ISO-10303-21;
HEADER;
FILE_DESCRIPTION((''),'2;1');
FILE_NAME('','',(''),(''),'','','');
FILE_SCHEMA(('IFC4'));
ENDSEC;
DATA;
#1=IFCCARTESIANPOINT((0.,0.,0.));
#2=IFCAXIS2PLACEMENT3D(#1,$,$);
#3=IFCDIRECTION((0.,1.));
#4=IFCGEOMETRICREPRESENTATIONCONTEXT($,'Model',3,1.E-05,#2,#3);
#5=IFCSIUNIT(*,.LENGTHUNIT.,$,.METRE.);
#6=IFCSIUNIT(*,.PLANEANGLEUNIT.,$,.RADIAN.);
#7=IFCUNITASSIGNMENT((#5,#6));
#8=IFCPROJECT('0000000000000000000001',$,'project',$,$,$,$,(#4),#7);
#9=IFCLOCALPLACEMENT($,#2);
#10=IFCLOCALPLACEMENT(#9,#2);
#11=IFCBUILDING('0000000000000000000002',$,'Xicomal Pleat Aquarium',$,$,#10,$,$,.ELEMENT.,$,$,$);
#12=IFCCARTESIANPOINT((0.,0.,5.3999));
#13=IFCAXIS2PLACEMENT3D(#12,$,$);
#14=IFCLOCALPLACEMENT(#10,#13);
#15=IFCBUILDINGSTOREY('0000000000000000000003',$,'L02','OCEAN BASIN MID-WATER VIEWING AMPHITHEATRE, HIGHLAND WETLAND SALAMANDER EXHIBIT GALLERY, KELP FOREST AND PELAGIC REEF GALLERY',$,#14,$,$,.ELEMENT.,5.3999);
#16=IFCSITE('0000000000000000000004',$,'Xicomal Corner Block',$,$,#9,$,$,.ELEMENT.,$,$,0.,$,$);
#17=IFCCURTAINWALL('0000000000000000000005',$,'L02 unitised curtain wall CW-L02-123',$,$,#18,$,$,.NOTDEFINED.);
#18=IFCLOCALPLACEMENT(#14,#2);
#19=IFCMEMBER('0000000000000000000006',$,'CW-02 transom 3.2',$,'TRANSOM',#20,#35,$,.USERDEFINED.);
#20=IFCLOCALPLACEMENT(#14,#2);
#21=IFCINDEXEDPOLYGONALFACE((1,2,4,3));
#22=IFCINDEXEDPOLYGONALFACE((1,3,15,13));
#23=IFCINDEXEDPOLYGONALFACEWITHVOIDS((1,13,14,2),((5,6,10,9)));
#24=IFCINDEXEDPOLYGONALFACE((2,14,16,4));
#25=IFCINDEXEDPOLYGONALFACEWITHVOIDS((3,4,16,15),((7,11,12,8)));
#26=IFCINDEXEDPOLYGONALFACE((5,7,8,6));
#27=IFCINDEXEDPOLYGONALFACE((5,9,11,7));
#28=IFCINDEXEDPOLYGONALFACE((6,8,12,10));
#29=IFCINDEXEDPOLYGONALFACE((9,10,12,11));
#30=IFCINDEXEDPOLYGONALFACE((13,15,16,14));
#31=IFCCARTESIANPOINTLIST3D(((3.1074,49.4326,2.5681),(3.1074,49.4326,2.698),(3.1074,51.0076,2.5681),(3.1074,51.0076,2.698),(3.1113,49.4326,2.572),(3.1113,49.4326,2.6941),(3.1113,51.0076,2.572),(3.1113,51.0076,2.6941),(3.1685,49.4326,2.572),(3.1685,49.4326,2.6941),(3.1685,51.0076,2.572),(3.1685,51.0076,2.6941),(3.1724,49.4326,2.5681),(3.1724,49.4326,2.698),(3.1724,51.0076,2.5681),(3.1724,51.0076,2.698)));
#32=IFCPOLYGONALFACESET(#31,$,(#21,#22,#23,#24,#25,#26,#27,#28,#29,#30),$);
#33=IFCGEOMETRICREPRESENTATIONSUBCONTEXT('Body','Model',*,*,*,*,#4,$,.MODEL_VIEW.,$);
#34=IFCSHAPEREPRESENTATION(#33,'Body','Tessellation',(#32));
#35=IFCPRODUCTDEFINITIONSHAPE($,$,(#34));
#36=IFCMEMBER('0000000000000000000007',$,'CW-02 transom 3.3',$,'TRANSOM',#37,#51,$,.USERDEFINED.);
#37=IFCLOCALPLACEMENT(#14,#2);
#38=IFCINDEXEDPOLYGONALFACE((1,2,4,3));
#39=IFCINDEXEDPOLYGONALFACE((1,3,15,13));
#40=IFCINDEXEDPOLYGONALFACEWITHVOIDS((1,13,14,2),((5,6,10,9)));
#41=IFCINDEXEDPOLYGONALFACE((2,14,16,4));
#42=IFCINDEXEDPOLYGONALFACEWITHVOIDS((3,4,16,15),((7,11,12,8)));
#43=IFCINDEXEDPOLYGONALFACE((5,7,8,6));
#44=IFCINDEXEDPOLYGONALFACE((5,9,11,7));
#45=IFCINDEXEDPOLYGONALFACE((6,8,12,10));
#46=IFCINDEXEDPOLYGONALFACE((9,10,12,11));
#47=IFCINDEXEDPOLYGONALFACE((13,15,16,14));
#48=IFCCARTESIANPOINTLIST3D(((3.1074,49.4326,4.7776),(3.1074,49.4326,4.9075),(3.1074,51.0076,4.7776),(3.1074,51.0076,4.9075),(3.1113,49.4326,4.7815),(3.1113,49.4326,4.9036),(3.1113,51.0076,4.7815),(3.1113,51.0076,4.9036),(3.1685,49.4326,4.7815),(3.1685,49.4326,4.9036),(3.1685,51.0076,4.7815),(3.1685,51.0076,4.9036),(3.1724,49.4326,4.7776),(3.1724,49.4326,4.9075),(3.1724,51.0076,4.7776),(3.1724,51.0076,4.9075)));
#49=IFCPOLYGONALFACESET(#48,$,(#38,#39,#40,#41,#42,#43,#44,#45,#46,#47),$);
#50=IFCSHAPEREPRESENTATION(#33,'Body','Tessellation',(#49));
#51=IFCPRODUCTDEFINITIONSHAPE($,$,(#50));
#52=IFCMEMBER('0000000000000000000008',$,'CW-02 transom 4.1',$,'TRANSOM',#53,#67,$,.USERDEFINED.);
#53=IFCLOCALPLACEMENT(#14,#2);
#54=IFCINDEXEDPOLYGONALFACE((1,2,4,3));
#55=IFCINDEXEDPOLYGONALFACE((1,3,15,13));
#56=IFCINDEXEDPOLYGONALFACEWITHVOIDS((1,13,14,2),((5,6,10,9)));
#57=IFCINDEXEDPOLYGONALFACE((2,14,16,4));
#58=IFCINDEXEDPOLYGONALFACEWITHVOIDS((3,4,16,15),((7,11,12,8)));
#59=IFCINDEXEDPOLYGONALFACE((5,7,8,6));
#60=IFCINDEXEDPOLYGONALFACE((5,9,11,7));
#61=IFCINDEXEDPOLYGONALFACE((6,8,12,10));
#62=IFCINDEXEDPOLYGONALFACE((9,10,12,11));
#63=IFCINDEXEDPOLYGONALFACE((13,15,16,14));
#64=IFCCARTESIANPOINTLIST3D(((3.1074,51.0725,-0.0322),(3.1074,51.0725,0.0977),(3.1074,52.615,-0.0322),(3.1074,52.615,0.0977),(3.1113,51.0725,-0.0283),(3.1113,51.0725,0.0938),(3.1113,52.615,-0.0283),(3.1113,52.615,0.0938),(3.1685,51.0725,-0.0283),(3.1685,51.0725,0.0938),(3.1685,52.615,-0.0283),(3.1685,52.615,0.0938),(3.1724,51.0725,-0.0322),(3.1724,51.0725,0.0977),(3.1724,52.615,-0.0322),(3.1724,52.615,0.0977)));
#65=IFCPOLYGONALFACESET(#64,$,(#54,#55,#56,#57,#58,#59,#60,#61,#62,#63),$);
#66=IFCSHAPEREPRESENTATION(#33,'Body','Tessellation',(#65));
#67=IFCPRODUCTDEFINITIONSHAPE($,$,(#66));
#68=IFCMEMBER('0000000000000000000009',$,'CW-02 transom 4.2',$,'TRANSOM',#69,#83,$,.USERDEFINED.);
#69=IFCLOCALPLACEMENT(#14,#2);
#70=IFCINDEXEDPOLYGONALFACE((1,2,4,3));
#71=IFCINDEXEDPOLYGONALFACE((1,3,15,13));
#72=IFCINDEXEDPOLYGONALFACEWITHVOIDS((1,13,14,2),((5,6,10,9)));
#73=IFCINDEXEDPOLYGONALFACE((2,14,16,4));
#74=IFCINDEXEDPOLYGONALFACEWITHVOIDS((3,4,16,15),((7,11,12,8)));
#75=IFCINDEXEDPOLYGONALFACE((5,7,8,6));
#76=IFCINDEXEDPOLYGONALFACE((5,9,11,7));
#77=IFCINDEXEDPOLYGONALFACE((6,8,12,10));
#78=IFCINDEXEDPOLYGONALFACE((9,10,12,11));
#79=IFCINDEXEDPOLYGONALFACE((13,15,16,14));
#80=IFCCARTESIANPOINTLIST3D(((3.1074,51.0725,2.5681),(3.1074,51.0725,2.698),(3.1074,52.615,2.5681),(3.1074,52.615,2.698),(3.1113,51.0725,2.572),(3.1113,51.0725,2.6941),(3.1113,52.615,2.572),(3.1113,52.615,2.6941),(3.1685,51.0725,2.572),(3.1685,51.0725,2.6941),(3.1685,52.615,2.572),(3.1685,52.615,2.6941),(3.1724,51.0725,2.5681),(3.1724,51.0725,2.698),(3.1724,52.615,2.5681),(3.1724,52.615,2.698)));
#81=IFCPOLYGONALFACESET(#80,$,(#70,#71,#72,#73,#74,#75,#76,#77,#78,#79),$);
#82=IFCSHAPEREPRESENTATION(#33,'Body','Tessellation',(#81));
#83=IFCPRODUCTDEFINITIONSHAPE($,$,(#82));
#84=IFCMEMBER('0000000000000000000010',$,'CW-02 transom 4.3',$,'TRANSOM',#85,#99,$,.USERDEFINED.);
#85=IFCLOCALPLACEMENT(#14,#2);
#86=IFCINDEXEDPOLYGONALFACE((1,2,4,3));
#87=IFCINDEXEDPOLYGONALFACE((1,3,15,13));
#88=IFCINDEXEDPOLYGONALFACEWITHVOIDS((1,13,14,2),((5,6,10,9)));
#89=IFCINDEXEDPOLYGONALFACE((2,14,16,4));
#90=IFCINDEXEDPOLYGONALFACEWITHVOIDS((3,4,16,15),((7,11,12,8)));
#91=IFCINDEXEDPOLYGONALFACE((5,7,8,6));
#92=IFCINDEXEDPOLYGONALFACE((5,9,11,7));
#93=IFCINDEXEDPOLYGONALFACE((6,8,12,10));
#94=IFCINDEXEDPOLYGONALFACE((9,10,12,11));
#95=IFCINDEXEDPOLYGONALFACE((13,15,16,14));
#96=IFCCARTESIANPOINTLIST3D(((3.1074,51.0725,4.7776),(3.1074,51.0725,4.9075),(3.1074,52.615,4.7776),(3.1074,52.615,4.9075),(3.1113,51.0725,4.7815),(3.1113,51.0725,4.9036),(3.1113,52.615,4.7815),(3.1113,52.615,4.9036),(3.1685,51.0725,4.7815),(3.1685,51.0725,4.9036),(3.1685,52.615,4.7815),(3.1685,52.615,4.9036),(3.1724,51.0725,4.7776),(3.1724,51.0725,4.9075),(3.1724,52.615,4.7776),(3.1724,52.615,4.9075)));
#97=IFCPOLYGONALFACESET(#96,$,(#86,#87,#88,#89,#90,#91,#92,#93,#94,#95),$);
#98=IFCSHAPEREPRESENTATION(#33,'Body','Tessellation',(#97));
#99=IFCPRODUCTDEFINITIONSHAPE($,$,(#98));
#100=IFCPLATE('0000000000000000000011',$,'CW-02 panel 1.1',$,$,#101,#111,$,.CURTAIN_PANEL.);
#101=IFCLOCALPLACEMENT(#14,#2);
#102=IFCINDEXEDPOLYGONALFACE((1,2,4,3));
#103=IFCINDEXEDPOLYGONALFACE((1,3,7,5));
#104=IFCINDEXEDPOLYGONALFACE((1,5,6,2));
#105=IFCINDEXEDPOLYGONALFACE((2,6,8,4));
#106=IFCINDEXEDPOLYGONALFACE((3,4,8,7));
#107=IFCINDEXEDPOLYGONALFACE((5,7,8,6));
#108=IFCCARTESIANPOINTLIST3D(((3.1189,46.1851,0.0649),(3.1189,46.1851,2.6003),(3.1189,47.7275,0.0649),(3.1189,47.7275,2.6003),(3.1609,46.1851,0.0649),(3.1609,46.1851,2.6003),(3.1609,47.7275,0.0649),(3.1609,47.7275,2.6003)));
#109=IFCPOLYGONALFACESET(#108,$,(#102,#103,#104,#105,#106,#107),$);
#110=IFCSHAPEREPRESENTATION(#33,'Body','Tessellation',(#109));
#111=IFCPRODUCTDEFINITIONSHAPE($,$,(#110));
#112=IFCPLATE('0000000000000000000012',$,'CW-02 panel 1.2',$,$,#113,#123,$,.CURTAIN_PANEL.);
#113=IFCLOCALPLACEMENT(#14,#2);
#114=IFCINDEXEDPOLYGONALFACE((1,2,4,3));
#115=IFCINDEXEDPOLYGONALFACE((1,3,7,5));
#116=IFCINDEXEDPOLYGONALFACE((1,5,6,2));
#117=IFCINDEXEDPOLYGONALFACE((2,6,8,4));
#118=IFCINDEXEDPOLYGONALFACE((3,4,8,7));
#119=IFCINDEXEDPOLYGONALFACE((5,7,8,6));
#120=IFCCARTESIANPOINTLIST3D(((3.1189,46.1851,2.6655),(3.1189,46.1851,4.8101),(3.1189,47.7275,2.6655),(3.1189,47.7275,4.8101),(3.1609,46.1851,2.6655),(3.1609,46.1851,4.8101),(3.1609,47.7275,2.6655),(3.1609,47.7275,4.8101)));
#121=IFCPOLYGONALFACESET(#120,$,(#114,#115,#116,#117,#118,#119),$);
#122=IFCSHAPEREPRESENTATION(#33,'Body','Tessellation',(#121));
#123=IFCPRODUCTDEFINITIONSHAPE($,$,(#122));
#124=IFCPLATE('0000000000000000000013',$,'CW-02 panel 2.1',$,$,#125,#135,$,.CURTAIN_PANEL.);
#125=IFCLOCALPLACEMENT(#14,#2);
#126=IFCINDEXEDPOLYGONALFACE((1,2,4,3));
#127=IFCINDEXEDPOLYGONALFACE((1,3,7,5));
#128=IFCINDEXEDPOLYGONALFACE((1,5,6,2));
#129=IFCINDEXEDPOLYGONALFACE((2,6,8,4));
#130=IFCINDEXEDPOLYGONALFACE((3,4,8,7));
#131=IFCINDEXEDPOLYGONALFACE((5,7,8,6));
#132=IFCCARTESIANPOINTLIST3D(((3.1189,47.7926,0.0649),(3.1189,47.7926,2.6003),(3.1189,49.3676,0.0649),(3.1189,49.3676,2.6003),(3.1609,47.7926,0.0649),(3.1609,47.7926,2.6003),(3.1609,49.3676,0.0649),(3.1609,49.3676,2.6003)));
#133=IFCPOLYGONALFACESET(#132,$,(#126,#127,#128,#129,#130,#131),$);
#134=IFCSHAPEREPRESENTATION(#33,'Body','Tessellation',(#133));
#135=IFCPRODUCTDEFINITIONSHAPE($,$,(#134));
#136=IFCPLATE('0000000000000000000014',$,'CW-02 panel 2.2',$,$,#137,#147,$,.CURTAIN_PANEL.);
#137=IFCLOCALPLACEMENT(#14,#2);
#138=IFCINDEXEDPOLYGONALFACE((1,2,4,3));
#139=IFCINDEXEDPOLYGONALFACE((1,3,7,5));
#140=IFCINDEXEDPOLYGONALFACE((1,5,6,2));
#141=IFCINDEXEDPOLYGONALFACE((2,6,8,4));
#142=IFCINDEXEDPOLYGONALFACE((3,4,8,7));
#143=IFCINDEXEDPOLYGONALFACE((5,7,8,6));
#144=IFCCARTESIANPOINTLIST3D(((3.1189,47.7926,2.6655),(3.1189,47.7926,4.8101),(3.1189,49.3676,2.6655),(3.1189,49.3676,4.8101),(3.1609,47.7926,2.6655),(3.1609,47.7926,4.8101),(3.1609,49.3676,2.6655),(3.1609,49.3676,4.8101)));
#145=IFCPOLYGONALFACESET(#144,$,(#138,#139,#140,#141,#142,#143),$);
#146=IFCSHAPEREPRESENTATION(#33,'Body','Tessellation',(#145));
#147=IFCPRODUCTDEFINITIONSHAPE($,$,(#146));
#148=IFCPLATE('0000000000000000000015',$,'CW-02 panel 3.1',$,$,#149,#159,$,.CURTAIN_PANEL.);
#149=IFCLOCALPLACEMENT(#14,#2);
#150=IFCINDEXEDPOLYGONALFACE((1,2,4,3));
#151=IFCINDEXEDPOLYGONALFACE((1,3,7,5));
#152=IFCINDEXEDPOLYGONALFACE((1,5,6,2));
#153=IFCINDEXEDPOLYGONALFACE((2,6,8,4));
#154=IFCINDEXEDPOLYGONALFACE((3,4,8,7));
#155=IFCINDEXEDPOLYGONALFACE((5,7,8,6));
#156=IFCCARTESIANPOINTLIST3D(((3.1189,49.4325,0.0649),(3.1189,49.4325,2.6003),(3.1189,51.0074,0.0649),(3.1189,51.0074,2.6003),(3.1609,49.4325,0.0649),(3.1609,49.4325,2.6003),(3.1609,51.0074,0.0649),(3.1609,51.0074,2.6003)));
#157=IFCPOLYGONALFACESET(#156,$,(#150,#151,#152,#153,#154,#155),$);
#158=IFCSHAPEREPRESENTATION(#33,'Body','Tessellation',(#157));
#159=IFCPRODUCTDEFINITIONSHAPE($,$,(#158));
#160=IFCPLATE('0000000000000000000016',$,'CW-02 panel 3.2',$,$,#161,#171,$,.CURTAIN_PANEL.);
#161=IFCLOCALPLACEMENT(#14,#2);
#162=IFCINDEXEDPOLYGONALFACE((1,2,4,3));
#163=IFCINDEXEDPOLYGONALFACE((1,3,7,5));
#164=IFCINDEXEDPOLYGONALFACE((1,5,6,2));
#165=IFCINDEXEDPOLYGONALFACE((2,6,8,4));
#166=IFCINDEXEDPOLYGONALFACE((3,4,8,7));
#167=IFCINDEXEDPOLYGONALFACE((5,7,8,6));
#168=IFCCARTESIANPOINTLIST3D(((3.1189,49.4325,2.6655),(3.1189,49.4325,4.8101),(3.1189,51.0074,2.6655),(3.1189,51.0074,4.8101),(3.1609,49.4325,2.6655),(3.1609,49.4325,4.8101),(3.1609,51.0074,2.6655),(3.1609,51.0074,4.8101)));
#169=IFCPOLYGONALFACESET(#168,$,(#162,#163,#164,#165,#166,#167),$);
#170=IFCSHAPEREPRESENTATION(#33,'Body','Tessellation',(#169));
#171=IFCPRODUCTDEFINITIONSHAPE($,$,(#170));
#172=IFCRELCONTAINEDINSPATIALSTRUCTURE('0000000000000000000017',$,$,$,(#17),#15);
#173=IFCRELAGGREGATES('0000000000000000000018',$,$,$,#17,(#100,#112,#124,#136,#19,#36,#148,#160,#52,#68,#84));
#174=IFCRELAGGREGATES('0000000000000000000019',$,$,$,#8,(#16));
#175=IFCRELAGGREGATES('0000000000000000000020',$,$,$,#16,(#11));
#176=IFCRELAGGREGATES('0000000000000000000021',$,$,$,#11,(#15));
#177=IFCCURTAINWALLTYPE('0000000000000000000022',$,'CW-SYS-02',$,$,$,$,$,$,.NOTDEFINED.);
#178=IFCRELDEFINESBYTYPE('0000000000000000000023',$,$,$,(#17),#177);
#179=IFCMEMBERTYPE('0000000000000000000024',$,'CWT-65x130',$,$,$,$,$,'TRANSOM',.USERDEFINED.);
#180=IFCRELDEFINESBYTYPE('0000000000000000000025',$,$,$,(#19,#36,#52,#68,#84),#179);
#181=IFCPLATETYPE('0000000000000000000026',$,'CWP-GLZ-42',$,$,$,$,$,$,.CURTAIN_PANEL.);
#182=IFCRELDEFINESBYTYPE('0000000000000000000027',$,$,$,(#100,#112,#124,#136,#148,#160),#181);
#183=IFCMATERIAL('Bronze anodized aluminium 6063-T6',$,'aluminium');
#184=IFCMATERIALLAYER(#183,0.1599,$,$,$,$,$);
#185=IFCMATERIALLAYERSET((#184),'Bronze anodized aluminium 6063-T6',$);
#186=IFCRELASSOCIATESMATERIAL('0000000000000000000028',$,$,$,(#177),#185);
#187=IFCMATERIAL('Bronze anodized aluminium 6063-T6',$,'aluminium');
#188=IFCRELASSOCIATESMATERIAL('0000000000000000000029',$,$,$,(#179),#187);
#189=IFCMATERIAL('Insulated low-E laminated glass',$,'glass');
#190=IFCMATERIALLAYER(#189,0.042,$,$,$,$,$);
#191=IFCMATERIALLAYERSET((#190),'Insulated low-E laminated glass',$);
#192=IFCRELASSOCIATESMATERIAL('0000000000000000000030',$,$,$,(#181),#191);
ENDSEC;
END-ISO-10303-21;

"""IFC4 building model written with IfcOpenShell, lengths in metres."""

from ifc_helpers import new_model, si_unit, direction, frame, origin, origin_2d, place, context, subcontext, project, spatial, rectangle, hollow_rectangle, extrude, material, layer, layer_set, material_profile, profile_set, type_object, element, aggregate, save


model = new_model("IFC4")

# Units and contexts
model_context = context("Model", 3, precision=1e-05, world=origin(), true_north=direction((0.0, 1.0)))
body_context = subcontext(model_context, "Body", "Model", "MODEL_VIEW")
ifc_project = project(units=[si_unit("LENGTHUNIT", "METRE"), si_unit("PLANEANGLEUNIT", "RADIAN")], contexts=[model_context])

# Site, building, storey
site_placement = place(None, origin())
site = spatial("IfcSite", under=ifc_project, at=site_placement, Name="Xicomal Corner Block", CompositionType="ELEMENT", RefElevation=0.0)
building_placement = place(site_placement, origin())
building = spatial("IfcBuilding", under=site, at=building_placement, Name="Xicomal Pleat Aquarium", CompositionType="ELEMENT")
storey_placement = place(building_placement, frame((0.0, 0.0, 5.3999)))
storey = spatial("IfcBuildingStorey", under=building, at=storey_placement, Name="L02", Description="OCEAN BASIN MID-WATER VIEWING AMPHITHEATRE, HIGHLAND WETLAND SALAMANDER EXHIBIT GALLERY, KELP FOREST AND PELAGIC REEF GALLERY", CompositionType="ELEMENT", Elevation=5.3999)

# Curtain wall, members, plates
ifc_material_1 = material(Name="Bronze anodized aluminium 6063-T6", Category="aluminium")
ifc_layer_1 = layer(ifc_material_1, 0.1599)
ifc_layer_set_1 = layer_set([ifc_layer_1], Name="Bronze anodized aluminium 6063-T6")
curtain_wall_type = type_object("IfcCurtainWallType", Name="CW-SYS-02", PredefinedType="NOTDEFINED", material=ifc_layer_set_1)
curtain_wall_placement = place(storey_placement, origin())
curtain_wall = element("IfcCurtainWall", 1, at=curtain_wall_placement, inside=storey, type_object=curtain_wall_type, Name="L02 unitised curtain wall CW-L02-123", PredefinedType="NOTDEFINED")
ifc_material_2 = material(Name="Bronze anodized aluminium 6063-T6", Category="aluminium")
ifc_material_profile_1 = material_profile(ifc_material_2, hollow_rectangle(XDim=0.0649, YDim=0.1299, WallThickness=0.0039, at=origin_2d()), Name="ALU TRAN 65x130")
ifc_profile_set_1 = profile_set([ifc_material_profile_1], Name="Bronze anodized aluminium 6063-T6")
member_type_1 = type_object("IfcMemberType", Name="CWT-65x130", ElementType="TRANSOM", PredefinedType="USERDEFINED", material=ifc_profile_set_1)
member_1_placement = place(storey_placement, frame((3.1399, 49.4326, 2.6331), z_axis=(0.0, 1.0, 0.0), x_axis=(-1.0, 0.0, 0.0)))
member_1 = element("IfcMember", 2, at=member_1_placement, type_object=member_type_1, Name="CW-02 transom 3.2", ObjectType="TRANSOM", PredefinedType="USERDEFINED", context=body_context, shape_type="SweptSolid", body=[
    extrude(hollow_rectangle(XDim=0.0649, YDim=0.1299, WallThickness=0.0039, at=origin_2d()), origin(), (0.0, 0.0, 1.0), 1.575),
])
member_2_placement = place(storey_placement, frame((3.1399, 49.4326, 4.8425), z_axis=(0.0, 1.0, 0.0), x_axis=(-1.0, 0.0, 0.0)))
member_2 = element("IfcMember", 3, at=member_2_placement, type_object=member_type_1, Name="CW-02 transom 3.3", ObjectType="TRANSOM", PredefinedType="USERDEFINED", context=body_context, shape_type="SweptSolid", body=[
    extrude(hollow_rectangle(XDim=0.0649, YDim=0.1299, WallThickness=0.0039, at=origin_2d()), origin(), (0.0, 0.0, 1.0), 1.575),
])
member_3_placement = place(storey_placement, frame((3.1399, 51.0725, 0.0327), z_axis=(0.0, 1.0, 0.0), x_axis=(-1.0, 0.0, 0.0)))
member_3 = element("IfcMember", 4, at=member_3_placement, type_object=member_type_1, Name="CW-02 transom 4.1", ObjectType="TRANSOM", PredefinedType="USERDEFINED", context=body_context, shape_type="SweptSolid", body=[
    extrude(hollow_rectangle(XDim=0.0649, YDim=0.1299, WallThickness=0.0039, at=origin_2d()), origin(), (0.0, 0.0, 1.0), 1.5425),
])
member_4_placement = place(storey_placement, frame((3.1399, 51.0725, 2.6331), z_axis=(0.0, 1.0, 0.0), x_axis=(-1.0, 0.0, 0.0)))
member_4 = element("IfcMember", 5, at=member_4_placement, type_object=member_type_1, Name="CW-02 transom 4.2", ObjectType="TRANSOM", PredefinedType="USERDEFINED", context=body_context, shape_type="SweptSolid", body=[
    extrude(hollow_rectangle(XDim=0.0649, YDim=0.1299, WallThickness=0.0039, at=origin_2d()), origin(), (0.0, 0.0, 1.0), 1.5425),
])
member_5_placement = place(storey_placement, frame((3.1399, 51.0725, 4.8425), z_axis=(0.0, 1.0, 0.0), x_axis=(-1.0, 0.0, 0.0)))
member_5 = element("IfcMember", 6, at=member_5_placement, type_object=member_type_1, Name="CW-02 transom 4.3", ObjectType="TRANSOM", PredefinedType="USERDEFINED", context=body_context, shape_type="SweptSolid", body=[
    extrude(hollow_rectangle(XDim=0.0649, YDim=0.1299, WallThickness=0.0039, at=origin_2d()), origin(), (0.0, 0.0, 1.0), 1.5425),
])
ifc_material_3 = material(Name="Insulated low-E laminated glass", Category="glass")
ifc_layer_2 = layer(ifc_material_3, 0.042)
ifc_layer_set_2 = layer_set([ifc_layer_2], Name="Insulated low-E laminated glass")
plate_type = type_object("IfcPlateType", Name="CWP-GLZ-42", PredefinedType="CURTAIN_PANEL", material=ifc_layer_set_2)
plate_1_placement = place(storey_placement, frame((3.1399, 46.9563, 0.0649), z_axis=(0.0, 0.0, 1.0), x_axis=(0.0, 1.0, 0.0)))
plate_1 = element("IfcPlate", 7, at=plate_1_placement, type_object=plate_type, Name="CW-02 panel 1.1", PredefinedType="CURTAIN_PANEL", context=body_context, shape_type="SweptSolid", body=[
    extrude(rectangle(XDim=1.5425, YDim=0.042, at=origin_2d()), origin(), (0.0, 0.0, 1.0), 2.5354),
])
plate_2_placement = place(storey_placement, frame((3.1399, 46.9563, 2.6655), z_axis=(0.0, 0.0, 1.0), x_axis=(0.0, 1.0, 0.0)))
plate_2 = element("IfcPlate", 8, at=plate_2_placement, type_object=plate_type, Name="CW-02 panel 1.2", PredefinedType="CURTAIN_PANEL", context=body_context, shape_type="SweptSolid", body=[
    extrude(rectangle(XDim=1.5425, YDim=0.042, at=origin_2d()), origin(), (0.0, 0.0, 1.0), 2.1445),
])
plate_3_placement = place(storey_placement, frame((3.1399, 48.5801, 0.0649), z_axis=(0.0, 0.0, 1.0), x_axis=(0.0, 1.0, 0.0)))
plate_3 = element("IfcPlate", 9, at=plate_3_placement, type_object=plate_type, Name="CW-02 panel 2.1", PredefinedType="CURTAIN_PANEL", context=body_context, shape_type="SweptSolid", body=[
    extrude(rectangle(XDim=1.575, YDim=0.042, at=origin_2d()), origin(), (0.0, 0.0, 1.0), 2.5354),
])
plate_4_placement = place(storey_placement, frame((3.1399, 48.5801, 2.6655), z_axis=(0.0, 0.0, 1.0), x_axis=(0.0, 1.0, 0.0)))
plate_4 = element("IfcPlate", 10, at=plate_4_placement, type_object=plate_type, Name="CW-02 panel 2.2", PredefinedType="CURTAIN_PANEL", context=body_context, shape_type="SweptSolid", body=[
    extrude(rectangle(XDim=1.575, YDim=0.042, at=origin_2d()), origin(), (0.0, 0.0, 1.0), 2.1445),
])
plate_5_placement = place(storey_placement, frame((3.1399, 50.22, 0.0649), z_axis=(0.0, 0.0, 1.0), x_axis=(0.0, 1.0, 0.0)))
plate_5 = element("IfcPlate", 11, at=plate_5_placement, type_object=plate_type, Name="CW-02 panel 3.1", PredefinedType="CURTAIN_PANEL", context=body_context, shape_type="SweptSolid", body=[
    extrude(rectangle(XDim=1.575, YDim=0.042, at=origin_2d()), origin(), (0.0, 0.0, 1.0), 2.5354),
])
plate_6_placement = place(storey_placement, frame((3.1399, 50.22, 2.6655), z_axis=(0.0, 0.0, 1.0), x_axis=(0.0, 1.0, 0.0)))
plate_6 = element("IfcPlate", 12, at=plate_6_placement, type_object=plate_type, Name="CW-02 panel 3.2", PredefinedType="CURTAIN_PANEL", context=body_context, shape_type="SweptSolid", body=[
    extrude(rectangle(XDim=1.575, YDim=0.042, at=origin_2d()), origin(), (0.0, 0.0, 1.0), 2.1445),
])
aggregate(curtain_wall, [plate_1, plate_2, plate_3, plate_4, member_1, member_2, plate_5, plate_6, member_3, member_4, member_5])

save(model, "model.ifc")
